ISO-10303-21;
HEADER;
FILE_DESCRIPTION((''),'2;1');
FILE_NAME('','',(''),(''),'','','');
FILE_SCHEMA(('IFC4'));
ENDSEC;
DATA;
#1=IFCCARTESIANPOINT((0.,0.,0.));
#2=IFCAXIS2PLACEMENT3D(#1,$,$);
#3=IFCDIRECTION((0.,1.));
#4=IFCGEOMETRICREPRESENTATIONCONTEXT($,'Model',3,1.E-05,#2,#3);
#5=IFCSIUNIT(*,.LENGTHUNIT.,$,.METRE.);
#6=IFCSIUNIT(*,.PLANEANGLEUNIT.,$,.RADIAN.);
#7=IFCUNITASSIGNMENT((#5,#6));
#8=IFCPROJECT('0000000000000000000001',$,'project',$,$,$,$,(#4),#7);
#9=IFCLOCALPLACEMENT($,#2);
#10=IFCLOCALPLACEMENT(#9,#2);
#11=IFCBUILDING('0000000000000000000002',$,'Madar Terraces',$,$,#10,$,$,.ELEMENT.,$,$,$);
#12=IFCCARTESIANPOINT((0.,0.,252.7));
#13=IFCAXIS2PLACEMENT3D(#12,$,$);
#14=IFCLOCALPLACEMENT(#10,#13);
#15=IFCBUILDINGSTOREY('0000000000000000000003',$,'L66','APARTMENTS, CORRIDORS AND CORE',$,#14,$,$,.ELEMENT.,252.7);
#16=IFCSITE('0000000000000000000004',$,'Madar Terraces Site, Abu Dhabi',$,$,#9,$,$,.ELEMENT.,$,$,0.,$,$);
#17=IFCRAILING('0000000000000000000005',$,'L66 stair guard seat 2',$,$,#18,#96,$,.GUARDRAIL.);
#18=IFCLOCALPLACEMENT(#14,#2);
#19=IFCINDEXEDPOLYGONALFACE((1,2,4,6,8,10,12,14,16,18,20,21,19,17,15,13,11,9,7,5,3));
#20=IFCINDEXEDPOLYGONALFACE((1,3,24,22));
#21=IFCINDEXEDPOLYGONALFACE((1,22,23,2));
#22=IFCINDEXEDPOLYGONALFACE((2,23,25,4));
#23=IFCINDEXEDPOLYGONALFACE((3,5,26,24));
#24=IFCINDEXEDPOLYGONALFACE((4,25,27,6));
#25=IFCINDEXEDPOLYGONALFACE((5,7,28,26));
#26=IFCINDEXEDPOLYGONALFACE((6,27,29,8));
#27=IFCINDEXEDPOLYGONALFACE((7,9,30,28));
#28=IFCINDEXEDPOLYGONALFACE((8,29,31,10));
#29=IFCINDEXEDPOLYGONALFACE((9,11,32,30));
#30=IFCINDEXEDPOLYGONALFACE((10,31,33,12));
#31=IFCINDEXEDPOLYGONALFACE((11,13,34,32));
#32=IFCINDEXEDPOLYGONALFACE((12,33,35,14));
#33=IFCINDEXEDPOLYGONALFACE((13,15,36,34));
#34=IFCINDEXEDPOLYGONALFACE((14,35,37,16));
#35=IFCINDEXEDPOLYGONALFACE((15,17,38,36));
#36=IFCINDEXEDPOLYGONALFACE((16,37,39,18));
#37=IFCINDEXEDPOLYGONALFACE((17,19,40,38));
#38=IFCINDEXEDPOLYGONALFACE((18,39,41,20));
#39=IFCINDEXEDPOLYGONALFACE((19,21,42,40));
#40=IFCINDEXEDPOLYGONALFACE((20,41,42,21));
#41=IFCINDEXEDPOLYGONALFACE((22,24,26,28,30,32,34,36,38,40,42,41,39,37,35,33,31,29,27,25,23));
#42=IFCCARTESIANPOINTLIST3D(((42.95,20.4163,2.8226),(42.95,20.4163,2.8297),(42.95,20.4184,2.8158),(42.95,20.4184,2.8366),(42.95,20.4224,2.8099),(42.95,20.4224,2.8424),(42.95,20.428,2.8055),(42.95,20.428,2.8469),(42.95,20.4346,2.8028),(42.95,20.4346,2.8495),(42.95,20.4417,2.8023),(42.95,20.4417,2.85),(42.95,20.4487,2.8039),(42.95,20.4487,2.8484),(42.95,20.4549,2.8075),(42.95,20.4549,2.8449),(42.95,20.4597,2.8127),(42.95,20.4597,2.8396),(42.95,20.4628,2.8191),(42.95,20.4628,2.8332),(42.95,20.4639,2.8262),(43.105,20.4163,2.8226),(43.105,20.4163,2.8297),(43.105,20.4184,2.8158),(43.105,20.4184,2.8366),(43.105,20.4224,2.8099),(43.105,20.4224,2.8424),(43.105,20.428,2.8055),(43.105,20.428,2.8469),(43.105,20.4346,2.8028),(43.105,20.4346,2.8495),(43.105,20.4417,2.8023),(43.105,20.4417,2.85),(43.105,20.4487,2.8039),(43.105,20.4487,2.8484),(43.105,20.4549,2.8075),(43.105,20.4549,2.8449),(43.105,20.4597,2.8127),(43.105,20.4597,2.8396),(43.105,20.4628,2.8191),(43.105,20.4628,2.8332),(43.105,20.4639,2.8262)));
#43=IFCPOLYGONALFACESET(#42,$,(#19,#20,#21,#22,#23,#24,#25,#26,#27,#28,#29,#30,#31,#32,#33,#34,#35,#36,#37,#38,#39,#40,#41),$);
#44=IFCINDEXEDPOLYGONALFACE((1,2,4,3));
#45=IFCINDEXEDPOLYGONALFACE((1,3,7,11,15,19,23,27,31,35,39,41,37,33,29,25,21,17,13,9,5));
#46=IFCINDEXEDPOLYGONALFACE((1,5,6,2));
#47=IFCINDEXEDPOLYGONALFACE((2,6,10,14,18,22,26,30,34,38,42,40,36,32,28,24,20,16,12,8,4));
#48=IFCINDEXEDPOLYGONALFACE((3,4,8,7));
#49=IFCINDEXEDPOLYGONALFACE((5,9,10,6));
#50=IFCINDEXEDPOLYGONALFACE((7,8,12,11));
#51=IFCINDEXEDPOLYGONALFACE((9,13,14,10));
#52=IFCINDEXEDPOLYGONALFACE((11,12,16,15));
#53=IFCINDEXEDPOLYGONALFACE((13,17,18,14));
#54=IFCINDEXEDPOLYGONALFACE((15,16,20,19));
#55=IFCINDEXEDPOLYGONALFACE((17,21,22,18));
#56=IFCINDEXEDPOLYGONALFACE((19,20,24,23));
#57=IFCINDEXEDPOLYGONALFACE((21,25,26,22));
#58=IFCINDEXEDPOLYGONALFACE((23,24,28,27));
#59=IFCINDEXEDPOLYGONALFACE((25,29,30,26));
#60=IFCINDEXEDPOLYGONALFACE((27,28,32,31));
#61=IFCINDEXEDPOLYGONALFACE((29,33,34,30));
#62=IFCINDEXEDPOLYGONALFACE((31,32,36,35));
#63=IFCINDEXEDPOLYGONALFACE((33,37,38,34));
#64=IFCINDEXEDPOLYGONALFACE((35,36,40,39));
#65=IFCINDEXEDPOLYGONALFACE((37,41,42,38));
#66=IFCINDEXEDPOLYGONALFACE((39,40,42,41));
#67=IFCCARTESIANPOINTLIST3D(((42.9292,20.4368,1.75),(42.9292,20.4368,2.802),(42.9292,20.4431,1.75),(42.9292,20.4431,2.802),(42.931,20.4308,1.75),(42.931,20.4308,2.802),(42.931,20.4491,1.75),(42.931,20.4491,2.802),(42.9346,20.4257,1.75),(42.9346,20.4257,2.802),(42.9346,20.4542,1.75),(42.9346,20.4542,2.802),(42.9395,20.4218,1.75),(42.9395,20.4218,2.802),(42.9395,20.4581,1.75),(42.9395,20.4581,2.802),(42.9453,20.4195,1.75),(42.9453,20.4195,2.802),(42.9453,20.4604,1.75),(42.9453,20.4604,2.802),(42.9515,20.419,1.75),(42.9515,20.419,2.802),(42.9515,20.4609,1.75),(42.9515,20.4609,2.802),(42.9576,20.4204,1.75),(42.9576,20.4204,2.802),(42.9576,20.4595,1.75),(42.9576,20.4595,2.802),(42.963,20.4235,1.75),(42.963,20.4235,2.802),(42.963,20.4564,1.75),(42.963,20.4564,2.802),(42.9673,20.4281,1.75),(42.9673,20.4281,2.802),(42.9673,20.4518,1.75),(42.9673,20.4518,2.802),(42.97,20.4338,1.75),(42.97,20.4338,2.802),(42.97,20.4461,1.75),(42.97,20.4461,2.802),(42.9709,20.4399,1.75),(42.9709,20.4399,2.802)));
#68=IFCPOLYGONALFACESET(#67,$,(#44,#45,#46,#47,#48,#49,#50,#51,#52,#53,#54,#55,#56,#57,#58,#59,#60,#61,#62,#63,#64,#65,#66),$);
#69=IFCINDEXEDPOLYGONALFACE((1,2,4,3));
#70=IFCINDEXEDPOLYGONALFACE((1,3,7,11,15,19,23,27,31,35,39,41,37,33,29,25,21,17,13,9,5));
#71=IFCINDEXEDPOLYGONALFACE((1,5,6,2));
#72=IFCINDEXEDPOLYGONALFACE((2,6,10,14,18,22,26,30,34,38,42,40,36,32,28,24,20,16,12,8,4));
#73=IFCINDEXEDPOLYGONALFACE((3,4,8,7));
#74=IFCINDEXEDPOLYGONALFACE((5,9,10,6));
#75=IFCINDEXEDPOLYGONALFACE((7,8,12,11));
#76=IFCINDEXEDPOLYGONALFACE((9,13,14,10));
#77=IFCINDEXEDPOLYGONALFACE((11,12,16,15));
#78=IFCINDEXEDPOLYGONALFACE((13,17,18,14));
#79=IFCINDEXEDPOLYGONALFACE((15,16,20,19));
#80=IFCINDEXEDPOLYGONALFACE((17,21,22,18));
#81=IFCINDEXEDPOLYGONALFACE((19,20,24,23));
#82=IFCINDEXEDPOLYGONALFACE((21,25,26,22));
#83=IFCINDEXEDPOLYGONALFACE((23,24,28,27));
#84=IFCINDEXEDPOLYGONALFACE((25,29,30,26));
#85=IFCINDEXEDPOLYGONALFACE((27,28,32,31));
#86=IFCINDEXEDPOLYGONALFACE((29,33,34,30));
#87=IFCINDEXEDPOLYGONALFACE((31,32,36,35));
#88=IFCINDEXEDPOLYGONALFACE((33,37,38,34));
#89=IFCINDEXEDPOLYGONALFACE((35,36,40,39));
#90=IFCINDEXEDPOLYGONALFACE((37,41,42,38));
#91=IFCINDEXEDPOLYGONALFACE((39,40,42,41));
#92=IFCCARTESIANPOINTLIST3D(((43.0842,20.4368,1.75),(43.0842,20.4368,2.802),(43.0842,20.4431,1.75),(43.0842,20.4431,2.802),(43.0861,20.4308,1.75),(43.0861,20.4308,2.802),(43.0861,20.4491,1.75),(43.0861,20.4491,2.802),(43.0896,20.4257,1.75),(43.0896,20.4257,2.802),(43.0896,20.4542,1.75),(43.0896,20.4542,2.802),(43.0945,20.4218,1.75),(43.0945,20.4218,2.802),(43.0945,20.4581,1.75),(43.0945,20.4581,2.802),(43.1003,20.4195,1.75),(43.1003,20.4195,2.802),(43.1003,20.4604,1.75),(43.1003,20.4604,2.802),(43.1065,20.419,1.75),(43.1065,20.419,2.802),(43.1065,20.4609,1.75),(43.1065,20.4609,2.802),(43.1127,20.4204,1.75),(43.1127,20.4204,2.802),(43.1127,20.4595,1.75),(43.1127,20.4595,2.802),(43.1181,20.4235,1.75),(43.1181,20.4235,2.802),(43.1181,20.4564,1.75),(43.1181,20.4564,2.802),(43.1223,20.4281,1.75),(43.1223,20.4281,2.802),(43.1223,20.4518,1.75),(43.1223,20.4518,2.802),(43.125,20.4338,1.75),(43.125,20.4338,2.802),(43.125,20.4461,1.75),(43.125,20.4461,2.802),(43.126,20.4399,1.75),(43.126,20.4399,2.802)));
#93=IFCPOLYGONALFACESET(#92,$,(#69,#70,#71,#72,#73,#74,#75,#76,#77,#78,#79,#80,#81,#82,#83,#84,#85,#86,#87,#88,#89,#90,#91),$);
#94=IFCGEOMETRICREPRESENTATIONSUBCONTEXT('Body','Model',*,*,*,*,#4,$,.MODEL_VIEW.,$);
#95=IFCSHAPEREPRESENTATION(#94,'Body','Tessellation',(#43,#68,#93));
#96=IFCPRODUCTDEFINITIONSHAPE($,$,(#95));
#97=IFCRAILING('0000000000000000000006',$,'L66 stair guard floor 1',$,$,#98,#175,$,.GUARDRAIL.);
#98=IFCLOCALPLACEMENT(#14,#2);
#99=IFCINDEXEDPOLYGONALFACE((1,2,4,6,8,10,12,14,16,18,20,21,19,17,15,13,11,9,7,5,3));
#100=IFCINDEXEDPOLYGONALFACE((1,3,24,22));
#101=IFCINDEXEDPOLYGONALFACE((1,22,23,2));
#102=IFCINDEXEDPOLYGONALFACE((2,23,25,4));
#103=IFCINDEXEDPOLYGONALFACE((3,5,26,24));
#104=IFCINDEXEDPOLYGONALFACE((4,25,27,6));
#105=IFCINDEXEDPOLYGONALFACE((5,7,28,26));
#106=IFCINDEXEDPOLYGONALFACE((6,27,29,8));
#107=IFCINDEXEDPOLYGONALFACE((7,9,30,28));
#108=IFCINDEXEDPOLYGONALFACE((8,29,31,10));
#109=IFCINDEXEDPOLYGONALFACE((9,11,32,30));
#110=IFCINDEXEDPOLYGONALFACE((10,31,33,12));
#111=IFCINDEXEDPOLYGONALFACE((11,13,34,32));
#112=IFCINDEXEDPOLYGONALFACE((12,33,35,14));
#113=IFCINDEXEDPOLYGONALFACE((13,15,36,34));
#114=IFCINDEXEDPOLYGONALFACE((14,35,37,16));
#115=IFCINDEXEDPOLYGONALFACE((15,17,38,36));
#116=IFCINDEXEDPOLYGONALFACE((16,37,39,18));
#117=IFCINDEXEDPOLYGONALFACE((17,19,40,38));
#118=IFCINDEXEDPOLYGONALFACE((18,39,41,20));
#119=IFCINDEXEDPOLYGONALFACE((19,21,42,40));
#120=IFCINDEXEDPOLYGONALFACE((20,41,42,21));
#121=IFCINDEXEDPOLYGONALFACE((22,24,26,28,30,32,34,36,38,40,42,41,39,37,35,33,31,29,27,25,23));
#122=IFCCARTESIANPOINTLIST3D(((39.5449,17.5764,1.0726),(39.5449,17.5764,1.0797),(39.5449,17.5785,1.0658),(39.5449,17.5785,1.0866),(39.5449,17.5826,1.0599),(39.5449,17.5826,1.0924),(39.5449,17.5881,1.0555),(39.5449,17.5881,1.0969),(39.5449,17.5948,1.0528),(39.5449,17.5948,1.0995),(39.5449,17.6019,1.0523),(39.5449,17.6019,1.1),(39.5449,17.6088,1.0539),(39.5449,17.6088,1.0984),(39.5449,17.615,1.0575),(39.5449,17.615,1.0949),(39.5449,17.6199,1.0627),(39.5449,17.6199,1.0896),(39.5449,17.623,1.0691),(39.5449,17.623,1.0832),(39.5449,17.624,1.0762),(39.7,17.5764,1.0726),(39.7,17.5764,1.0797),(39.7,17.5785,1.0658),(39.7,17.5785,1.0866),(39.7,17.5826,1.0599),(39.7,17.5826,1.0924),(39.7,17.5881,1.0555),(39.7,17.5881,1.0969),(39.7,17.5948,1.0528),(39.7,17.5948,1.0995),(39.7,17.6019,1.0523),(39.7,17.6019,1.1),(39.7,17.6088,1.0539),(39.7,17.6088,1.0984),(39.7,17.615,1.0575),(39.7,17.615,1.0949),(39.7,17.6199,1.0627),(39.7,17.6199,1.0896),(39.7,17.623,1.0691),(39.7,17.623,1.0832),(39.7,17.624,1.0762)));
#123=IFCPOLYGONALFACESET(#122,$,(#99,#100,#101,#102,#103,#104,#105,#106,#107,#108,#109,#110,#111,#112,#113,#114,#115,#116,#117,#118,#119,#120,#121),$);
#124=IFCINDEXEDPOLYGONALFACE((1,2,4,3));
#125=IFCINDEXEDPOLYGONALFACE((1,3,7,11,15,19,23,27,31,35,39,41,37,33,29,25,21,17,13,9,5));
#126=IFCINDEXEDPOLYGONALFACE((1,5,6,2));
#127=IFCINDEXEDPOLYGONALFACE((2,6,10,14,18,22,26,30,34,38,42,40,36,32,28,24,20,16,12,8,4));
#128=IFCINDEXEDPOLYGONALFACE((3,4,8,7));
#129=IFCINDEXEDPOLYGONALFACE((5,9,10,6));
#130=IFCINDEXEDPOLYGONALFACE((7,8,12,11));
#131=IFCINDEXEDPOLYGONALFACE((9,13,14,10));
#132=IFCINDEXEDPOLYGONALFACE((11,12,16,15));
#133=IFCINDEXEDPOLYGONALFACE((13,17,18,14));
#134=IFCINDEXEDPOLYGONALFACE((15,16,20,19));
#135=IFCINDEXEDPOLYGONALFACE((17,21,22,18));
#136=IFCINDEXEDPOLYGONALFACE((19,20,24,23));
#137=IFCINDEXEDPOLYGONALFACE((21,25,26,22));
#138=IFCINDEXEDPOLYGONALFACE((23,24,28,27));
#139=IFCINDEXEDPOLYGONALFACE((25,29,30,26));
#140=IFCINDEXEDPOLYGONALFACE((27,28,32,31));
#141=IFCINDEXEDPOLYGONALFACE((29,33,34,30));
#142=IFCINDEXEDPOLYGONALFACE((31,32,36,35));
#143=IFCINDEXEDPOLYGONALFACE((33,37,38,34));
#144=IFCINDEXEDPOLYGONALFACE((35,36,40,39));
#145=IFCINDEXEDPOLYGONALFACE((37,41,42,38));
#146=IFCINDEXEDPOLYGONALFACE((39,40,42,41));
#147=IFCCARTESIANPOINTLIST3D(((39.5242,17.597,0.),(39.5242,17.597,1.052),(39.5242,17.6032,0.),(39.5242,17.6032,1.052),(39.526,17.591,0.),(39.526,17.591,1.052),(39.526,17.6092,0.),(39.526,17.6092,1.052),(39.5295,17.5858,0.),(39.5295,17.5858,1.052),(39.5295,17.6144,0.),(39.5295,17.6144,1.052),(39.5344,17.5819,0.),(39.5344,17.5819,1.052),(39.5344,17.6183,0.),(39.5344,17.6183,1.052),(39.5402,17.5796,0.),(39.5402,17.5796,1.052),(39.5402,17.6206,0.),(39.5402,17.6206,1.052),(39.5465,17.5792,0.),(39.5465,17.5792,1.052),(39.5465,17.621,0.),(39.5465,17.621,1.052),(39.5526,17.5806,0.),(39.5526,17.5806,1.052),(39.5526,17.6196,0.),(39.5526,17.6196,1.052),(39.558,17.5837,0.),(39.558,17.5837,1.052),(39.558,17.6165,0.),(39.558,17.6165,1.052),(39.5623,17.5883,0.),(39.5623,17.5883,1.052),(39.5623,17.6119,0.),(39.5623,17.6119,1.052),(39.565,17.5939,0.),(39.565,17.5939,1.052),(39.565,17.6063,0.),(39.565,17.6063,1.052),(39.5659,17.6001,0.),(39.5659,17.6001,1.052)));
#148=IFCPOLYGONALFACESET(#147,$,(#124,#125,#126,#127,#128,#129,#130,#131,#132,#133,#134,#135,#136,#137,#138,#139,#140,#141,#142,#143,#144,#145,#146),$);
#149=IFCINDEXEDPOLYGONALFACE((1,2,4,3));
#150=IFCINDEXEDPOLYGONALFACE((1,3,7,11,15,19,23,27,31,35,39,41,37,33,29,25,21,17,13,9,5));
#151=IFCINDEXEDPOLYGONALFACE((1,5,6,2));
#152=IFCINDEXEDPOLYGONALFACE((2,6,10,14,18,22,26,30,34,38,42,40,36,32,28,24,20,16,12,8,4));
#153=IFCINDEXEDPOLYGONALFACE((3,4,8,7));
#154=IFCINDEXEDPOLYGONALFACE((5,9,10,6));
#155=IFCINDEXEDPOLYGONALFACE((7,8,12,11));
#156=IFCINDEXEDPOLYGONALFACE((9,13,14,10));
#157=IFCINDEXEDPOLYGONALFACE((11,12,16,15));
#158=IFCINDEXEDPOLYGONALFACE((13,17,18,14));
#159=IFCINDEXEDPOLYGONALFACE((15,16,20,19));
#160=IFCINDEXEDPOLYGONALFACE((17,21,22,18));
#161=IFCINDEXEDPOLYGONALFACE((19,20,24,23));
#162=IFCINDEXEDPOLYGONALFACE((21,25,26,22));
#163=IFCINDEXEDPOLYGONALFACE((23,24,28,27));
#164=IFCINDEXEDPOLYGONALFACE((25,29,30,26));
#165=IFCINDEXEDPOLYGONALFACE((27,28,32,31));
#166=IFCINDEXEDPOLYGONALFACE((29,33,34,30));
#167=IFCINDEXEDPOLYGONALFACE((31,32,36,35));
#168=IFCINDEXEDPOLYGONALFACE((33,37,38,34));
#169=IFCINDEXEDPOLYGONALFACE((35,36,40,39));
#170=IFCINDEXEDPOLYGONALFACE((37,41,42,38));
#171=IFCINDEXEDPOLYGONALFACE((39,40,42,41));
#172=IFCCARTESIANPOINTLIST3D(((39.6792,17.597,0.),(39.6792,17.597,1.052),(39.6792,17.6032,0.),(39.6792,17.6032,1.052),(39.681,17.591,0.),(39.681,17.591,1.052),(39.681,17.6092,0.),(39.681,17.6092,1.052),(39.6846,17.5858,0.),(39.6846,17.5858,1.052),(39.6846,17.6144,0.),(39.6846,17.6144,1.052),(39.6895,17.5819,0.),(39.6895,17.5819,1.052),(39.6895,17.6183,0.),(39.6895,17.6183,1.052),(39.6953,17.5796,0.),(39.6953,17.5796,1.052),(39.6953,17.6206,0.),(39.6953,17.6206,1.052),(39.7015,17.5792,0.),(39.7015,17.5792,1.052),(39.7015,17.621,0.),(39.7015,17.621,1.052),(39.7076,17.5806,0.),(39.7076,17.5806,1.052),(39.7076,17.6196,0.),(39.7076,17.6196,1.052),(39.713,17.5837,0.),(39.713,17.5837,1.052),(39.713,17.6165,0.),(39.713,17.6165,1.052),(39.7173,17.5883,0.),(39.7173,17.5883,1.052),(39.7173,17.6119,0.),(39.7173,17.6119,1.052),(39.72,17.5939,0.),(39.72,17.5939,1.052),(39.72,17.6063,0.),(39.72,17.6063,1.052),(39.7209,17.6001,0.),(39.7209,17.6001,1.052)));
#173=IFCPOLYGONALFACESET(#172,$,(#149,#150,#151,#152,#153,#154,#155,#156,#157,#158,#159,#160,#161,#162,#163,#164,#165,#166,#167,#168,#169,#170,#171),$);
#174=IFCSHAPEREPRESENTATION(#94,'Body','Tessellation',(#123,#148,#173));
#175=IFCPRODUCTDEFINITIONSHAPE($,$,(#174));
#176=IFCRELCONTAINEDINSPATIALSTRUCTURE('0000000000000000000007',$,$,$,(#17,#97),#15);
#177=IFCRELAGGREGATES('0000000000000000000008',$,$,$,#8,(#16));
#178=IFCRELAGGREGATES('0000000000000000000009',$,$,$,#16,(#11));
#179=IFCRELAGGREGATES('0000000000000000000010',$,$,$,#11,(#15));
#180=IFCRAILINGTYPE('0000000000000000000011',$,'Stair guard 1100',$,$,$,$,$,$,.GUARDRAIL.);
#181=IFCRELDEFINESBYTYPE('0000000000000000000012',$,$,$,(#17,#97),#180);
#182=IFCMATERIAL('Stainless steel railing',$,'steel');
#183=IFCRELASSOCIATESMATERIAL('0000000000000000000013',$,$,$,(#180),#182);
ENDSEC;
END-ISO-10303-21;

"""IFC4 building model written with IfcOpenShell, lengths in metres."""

from ifc_helpers import new_model, si_unit, direction, frame, origin, origin_2d, place, context, subcontext, project, spatial, circle, extrude, material, type_object, element, save


model = new_model("IFC4")

# Units and contexts
model_context = context("Model", 3, precision=1e-05, world=origin(), true_north=direction((0.0, 1.0)))
body_context = subcontext(model_context, "Body", "Model", "MODEL_VIEW")
ifc_project = project(units=[si_unit("LENGTHUNIT", "METRE"), si_unit("PLANEANGLEUNIT", "RADIAN")], contexts=[model_context])

# Site, building, storey
site_placement = place(None, origin())
site = spatial("IfcSite", under=ifc_project, at=site_placement, Name="Madar Terraces Site, Abu Dhabi", CompositionType="ELEMENT", RefElevation=0.0)
building_placement = place(site_placement, origin())
building = spatial("IfcBuilding", under=site, at=building_placement, Name="Madar Terraces", CompositionType="ELEMENT")
storey_placement = place(building_placement, frame((0.0, 0.0, 252.7)))
storey = spatial("IfcBuildingStorey", under=building, at=storey_placement, Name="L66", Description="APARTMENTS, CORRIDORS AND CORE", CompositionType="ELEMENT", Elevation=252.7)

# Railings
ifc_material_1 = material(Name="Stainless steel railing", Category="steel")
railing_type_1 = type_object("IfcRailingType", Name="Stair guard 1100", PredefinedType="GUARDRAIL", material=ifc_material_1)
for number, where, name in (
    (1, (42.95, 20.4399, 1.75), "L66 stair guard seat 2"),
    (2, (39.5449, 17.6001, 0.0), "L66 stair guard floor 1"),
):
    element("IfcRailing", number, at=place(storey_placement, frame(where)), inside=storey, type_object=railing_type_1, Name=name, PredefinedType="GUARDRAIL", context=body_context, shape_type="SweptSolid", body=[
        extrude(circle(Radius=0.0239, at=origin_2d()), frame((0.0, 0.0, 1.0762), z_axis=(1.0, 0.0, 0.0), x_axis=(0.0, 1.0, 0.0)), (0.0, 0.0, 1.0), 0.155),
        extrude(circle(Radius=0.021, at=origin_2d()), origin(), (0.0, 0.0, 1.0), 1.052),
        extrude(circle(Radius=0.021, at=origin_2d()), frame((0.155, 0.0, 0.0)), (0.0, 0.0, 1.0), 1.052),
    ])

save(model, "model.ifc")
